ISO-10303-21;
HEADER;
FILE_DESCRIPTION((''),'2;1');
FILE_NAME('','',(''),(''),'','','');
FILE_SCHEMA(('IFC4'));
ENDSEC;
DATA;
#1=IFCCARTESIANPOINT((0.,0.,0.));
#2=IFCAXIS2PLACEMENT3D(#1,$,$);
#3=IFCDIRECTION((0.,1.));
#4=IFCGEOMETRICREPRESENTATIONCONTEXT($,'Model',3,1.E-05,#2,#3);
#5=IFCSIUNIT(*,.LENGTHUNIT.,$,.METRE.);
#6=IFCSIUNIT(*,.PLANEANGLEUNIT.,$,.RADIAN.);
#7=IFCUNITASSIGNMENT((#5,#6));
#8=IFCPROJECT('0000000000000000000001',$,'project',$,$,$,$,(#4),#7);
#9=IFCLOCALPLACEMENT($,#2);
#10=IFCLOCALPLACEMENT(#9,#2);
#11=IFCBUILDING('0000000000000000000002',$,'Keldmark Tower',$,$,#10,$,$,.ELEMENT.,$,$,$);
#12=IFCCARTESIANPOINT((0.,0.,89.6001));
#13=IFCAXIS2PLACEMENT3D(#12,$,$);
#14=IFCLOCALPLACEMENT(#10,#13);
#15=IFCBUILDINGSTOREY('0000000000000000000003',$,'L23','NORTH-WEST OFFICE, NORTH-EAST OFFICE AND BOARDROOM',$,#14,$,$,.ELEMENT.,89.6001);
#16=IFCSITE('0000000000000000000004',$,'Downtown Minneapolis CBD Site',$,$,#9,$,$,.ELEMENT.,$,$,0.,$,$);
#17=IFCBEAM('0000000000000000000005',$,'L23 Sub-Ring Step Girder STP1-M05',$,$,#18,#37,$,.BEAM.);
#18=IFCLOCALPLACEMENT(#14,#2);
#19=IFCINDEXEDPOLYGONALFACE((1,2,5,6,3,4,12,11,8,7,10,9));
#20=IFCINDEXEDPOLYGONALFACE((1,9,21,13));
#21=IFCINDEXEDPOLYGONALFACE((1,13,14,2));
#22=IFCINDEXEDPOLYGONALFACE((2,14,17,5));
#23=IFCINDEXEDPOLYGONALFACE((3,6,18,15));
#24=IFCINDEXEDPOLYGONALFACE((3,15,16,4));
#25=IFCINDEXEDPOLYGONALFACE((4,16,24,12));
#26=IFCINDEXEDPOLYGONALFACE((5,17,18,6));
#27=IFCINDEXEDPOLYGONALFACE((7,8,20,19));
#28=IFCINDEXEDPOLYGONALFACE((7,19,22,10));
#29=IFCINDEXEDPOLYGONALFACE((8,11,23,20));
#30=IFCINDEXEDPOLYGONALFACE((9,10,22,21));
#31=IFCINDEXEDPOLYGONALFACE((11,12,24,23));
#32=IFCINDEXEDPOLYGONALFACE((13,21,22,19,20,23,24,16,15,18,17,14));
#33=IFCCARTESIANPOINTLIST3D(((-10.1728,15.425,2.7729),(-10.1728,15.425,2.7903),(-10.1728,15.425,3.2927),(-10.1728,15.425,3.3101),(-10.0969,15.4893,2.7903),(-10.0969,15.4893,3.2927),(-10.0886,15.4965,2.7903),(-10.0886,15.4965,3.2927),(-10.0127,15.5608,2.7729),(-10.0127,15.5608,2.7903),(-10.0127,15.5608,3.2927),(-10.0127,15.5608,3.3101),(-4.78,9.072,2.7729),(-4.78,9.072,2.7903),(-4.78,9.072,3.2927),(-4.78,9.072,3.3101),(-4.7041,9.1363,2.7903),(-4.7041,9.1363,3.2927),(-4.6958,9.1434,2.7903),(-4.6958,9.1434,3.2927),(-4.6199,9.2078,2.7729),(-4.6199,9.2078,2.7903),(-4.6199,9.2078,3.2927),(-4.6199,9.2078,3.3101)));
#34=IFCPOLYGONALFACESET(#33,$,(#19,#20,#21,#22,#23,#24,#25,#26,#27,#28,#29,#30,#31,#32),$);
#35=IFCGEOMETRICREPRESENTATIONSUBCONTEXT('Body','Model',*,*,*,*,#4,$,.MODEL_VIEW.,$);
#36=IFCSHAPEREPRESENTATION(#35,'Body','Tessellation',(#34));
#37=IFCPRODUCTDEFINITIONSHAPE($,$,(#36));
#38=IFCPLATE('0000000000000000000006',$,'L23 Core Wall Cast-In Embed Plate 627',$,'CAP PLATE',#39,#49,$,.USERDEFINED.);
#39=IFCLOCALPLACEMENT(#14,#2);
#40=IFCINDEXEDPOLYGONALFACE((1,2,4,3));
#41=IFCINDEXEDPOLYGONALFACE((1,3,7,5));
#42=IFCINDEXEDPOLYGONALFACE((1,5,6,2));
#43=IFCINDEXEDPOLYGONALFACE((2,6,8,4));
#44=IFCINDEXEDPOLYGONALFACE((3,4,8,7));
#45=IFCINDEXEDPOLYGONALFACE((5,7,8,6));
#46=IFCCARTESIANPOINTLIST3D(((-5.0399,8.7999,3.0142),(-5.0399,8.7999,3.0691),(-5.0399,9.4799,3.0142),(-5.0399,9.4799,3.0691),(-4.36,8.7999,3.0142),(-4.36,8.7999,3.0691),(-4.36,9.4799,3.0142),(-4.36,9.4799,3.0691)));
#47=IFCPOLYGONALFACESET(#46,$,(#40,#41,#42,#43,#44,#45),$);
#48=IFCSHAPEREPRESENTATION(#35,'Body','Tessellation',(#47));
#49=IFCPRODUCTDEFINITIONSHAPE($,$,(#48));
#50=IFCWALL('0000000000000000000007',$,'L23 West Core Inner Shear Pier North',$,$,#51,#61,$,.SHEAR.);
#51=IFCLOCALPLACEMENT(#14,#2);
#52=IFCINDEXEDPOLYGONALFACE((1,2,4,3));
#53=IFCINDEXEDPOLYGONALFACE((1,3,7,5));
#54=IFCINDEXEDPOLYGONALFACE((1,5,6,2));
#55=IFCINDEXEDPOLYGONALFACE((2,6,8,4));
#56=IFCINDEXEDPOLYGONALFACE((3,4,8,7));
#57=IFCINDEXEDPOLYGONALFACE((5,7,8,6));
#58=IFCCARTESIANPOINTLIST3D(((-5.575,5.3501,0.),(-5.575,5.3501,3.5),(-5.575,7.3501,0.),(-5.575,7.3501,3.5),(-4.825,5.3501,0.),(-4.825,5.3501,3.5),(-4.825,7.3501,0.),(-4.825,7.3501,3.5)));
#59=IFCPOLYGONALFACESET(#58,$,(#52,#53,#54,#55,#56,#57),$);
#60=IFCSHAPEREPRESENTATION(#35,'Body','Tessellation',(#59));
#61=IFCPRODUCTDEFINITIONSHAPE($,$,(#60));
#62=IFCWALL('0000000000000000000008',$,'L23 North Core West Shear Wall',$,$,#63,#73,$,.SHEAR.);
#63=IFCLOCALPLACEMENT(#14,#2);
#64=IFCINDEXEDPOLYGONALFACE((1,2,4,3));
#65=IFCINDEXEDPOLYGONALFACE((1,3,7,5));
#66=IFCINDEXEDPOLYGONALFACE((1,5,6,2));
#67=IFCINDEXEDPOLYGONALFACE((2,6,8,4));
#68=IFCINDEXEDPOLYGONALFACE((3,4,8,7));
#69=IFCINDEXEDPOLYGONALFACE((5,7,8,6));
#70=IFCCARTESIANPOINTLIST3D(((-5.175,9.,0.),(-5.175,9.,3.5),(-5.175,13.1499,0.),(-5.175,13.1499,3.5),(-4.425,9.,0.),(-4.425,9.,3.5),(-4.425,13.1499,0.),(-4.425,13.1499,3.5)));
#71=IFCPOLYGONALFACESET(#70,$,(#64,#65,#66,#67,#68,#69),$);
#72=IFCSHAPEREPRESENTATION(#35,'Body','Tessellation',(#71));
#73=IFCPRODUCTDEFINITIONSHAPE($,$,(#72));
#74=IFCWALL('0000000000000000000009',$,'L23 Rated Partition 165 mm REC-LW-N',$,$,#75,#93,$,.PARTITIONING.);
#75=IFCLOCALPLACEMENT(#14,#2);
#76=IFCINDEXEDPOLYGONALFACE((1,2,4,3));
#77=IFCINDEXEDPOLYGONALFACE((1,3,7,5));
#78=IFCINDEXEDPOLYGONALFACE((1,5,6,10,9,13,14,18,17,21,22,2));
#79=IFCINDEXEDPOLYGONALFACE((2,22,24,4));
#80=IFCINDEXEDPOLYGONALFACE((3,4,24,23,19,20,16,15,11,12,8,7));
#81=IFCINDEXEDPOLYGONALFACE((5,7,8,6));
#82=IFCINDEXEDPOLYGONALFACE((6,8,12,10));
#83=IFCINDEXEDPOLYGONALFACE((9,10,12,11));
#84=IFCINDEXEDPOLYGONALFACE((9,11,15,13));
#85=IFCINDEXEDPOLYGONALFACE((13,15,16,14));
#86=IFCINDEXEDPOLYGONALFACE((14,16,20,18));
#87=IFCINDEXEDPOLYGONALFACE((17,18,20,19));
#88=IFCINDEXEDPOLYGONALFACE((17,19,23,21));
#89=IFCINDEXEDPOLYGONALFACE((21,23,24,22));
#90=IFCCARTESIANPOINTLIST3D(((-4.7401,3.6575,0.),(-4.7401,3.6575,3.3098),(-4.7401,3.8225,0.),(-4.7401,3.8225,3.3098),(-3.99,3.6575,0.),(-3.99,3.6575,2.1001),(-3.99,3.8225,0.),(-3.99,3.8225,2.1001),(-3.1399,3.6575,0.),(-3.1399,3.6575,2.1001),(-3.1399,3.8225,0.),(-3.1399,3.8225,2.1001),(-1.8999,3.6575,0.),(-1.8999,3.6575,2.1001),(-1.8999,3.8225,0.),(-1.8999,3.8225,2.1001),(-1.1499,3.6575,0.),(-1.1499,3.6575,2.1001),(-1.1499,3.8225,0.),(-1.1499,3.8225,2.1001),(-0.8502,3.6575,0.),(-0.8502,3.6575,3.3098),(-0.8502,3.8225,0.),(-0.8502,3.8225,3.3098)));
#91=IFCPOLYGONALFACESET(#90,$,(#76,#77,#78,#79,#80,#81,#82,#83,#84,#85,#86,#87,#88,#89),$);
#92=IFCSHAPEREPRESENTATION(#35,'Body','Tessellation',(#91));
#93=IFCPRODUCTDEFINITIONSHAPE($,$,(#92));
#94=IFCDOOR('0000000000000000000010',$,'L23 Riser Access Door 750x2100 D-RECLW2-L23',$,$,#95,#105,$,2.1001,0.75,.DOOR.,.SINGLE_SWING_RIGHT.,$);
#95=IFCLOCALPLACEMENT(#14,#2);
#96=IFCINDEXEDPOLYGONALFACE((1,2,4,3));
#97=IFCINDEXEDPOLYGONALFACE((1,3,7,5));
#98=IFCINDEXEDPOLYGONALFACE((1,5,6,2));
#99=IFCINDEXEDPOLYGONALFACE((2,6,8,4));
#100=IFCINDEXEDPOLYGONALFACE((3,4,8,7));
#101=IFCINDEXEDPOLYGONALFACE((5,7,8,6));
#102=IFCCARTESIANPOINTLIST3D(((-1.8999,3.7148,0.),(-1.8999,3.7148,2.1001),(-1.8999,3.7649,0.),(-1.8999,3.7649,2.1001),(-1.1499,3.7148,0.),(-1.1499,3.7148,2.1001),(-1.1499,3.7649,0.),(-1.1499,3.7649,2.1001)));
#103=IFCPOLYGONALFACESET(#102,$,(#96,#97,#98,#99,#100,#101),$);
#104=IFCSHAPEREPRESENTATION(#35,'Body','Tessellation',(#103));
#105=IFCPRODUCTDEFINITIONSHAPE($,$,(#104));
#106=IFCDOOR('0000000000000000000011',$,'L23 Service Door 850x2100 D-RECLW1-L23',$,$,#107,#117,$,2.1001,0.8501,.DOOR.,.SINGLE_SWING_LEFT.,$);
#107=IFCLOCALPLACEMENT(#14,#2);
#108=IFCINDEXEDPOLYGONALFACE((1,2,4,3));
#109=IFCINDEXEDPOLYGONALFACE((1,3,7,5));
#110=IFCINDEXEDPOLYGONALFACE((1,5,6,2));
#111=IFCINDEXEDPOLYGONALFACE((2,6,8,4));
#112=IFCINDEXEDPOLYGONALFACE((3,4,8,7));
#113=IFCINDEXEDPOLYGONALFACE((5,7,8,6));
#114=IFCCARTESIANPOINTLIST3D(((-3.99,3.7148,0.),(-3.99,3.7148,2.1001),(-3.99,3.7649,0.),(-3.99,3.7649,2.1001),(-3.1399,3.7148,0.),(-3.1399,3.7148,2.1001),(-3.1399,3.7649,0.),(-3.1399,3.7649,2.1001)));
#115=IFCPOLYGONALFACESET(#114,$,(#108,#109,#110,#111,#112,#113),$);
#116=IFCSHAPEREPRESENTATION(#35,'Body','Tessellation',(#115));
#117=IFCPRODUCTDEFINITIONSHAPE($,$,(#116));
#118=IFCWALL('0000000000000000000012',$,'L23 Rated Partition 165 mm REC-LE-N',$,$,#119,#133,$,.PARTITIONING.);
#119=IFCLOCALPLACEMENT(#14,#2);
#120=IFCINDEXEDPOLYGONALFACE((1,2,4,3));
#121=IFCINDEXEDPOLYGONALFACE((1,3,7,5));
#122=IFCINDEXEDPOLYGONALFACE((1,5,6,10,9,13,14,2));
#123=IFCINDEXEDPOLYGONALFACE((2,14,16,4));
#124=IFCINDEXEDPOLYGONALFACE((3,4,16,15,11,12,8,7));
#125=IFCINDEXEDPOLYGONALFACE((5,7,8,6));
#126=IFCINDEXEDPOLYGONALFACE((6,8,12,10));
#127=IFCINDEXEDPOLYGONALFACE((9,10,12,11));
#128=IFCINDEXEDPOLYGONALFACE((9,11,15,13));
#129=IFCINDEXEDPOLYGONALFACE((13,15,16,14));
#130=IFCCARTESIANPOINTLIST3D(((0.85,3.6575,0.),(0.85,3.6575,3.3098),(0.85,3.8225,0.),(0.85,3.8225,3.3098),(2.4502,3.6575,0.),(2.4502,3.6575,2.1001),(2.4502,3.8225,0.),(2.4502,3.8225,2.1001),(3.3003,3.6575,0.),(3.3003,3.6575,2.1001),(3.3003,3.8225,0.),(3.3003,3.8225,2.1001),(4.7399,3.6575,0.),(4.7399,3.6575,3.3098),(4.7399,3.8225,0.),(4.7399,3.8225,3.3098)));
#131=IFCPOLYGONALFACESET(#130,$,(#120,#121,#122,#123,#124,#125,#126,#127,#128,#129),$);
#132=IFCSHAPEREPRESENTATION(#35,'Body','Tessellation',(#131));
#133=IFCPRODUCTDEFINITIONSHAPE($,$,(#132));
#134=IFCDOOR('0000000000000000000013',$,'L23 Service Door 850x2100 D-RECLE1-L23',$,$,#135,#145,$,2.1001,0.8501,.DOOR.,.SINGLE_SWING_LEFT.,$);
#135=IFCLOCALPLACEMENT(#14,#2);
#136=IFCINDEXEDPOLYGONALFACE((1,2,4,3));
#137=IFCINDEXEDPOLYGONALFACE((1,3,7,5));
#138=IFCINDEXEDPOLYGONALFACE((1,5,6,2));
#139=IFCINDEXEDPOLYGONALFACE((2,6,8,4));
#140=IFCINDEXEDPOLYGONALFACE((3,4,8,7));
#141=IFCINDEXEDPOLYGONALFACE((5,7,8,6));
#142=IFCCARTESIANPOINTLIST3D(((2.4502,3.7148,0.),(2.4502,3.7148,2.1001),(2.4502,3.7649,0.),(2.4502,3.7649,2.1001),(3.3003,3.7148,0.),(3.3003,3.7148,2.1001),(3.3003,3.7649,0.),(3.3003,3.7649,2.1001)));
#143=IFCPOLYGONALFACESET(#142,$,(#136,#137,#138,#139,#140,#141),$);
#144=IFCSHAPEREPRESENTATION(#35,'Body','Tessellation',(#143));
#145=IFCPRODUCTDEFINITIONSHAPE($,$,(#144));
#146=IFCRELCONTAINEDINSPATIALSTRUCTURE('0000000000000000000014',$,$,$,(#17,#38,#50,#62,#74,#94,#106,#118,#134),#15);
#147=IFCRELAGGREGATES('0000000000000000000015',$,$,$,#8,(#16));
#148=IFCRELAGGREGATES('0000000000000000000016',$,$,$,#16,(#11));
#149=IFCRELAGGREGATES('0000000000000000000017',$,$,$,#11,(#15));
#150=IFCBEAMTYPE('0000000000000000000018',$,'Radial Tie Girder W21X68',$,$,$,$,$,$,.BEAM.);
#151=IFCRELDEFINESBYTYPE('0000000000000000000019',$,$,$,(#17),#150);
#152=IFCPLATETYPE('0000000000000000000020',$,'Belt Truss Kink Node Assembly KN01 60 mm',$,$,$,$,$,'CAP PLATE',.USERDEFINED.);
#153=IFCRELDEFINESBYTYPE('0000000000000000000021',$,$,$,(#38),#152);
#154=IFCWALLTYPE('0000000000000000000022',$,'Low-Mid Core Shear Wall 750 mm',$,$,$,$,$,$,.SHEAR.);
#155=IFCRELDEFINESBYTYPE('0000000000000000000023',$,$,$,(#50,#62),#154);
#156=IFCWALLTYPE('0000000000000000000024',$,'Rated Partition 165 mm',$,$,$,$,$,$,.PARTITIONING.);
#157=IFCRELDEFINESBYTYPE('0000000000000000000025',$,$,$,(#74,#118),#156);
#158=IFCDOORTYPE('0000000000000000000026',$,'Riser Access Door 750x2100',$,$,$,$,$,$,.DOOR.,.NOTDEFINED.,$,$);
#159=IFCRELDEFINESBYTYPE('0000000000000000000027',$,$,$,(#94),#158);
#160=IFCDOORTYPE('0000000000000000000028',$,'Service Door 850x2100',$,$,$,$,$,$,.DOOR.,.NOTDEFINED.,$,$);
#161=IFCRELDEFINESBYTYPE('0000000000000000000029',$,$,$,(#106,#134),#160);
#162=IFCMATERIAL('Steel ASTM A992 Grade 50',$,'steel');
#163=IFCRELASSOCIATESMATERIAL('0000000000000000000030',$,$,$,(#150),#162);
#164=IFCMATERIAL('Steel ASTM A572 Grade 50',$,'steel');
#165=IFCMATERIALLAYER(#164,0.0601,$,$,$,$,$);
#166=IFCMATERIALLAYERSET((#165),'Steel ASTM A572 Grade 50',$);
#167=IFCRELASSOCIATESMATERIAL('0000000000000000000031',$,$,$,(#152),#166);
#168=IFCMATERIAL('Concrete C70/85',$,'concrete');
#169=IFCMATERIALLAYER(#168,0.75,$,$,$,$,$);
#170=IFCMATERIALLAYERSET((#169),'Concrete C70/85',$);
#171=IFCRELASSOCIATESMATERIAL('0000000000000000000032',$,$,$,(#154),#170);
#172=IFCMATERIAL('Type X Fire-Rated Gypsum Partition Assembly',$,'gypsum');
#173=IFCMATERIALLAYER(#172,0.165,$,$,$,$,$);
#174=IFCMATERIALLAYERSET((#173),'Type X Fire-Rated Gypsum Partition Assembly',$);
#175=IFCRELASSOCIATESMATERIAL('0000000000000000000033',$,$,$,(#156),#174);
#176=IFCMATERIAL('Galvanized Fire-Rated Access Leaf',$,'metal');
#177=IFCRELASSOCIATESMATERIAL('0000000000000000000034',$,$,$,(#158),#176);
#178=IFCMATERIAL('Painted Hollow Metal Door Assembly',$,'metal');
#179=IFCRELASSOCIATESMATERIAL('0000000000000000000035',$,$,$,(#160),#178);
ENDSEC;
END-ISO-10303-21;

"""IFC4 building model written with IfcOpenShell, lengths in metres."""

from ifc_helpers import new_model, si_unit, direction, frame, frame_2d, origin, origin_2d, place, context, subcontext, project, spatial, rectangle, i_section, extrude, material, layer, layer_set, material_profile, profile_set, type_object, element, fill, save


model = new_model("IFC4")

# Units and contexts
model_context = context("Model", 3, precision=1e-05, world=origin(), true_north=direction((0.0, 1.0)))
body_context = subcontext(model_context, "Body", "Model", "MODEL_VIEW")
ifc_project = project(units=[si_unit("LENGTHUNIT", "METRE"), si_unit("PLANEANGLEUNIT", "RADIAN")], contexts=[model_context])

# Site, building, storey
site_placement = place(None, origin())
site = spatial("IfcSite", under=ifc_project, at=site_placement, Name="Downtown Minneapolis CBD Site", CompositionType="ELEMENT", RefElevation=0.0)
building_placement = place(site_placement, origin())
building = spatial("IfcBuilding", under=site, at=building_placement, Name="Keldmark Tower", CompositionType="ELEMENT")
storey_placement = place(building_placement, frame((0.0, 0.0, 89.6001)))
storey = spatial("IfcBuildingStorey", under=building, at=storey_placement, Name="L23", Description="NORTH-WEST OFFICE, NORTH-EAST OFFICE AND BOARDROOM", CompositionType="ELEMENT", Elevation=89.6001)

# Beam
ifc_material_1 = material(Name="Steel ASTM A992 Grade 50", Category="steel")
ifc_material_profile = material_profile(ifc_material_1, i_section(OverallWidth=0.21, OverallDepth=0.5371, WebThickness=0.011, FlangeThickness=0.0173, at=origin_2d()), Name="W21X68")
ifc_profile_set = profile_set([ifc_material_profile], Name="Steel ASTM A992 Grade 50")
beam_type = type_object("IfcBeamType", Name="Radial Tie Girder W21X68", PredefinedType="BEAM", material=ifc_profile_set)
beam_placement = place(storey_placement, frame((-4.7, 9.1399, 3.0415), z_axis=(-0.647143, 0.762369, 0.0), x_axis=(-0.762369, -0.647143, 0.0)))
element("IfcBeam", 1, at=beam_placement, inside=storey, type_object=beam_type, Name="L23 Sub-Ring Step Girder STP1-M05", PredefinedType="BEAM", context=body_context, shape_type="SweptSolid", body=[
    extrude(i_section(OverallWidth=0.21, OverallDepth=0.5371, WebThickness=0.011, FlangeThickness=0.0173, at=origin_2d()), origin(), (0.0, 0.0, 1.0), 8.3333),
])

# Plate
ifc_material_2 = material(Name="Steel ASTM A572 Grade 50", Category="steel")
ifc_layer_1 = layer(ifc_material_2, 0.0601)
ifc_layer_set_1 = layer_set([ifc_layer_1], Name="Steel ASTM A572 Grade 50")
plate_type = type_object("IfcPlateType", Name="Belt Truss Kink Node Assembly KN01 60 mm", ElementType="CAP PLATE", PredefinedType="USERDEFINED", material=ifc_layer_set_1)
plate_placement = place(storey_placement, frame((-4.7, 9.1399, 3.0142), z_axis=(0.0, 0.0, 1.0), x_axis=(1.0, 0.0, 0.0)))
element("IfcPlate", 2, at=plate_placement, inside=storey, type_object=plate_type, Name="L23 Core Wall Cast-In Embed Plate 627", ObjectType="CAP PLATE", PredefinedType="USERDEFINED", context=body_context, shape_type="SweptSolid", body=[
    extrude(rectangle(XDim=0.6799, YDim=0.6799, at=origin_2d()), origin(), (0.0, 0.0, 1.0), 0.0549),
])

# Walls
ifc_material_3 = material(Name="Concrete C70/85", Category="concrete")
ifc_layer_2 = layer(ifc_material_3, 0.75)
ifc_layer_set_2 = layer_set([ifc_layer_2], Name="Concrete C70/85")
wall_type_1 = type_object("IfcWallType", Name="Low-Mid Core Shear Wall 750 mm", PredefinedType="SHEAR", material=ifc_layer_set_2)
wall_1_placement = place(storey_placement, frame((-5.2, 5.3501, 0.0), z_axis=(0.0, 0.0, 1.0), x_axis=(0.0, 1.0, 0.0)))
element("IfcWall", 3, at=wall_1_placement, inside=storey, type_object=wall_type_1, Name="L23 West Core Inner Shear Pier North", PredefinedType="SHEAR", context=body_context, shape_type="SweptSolid", body=[
    extrude(rectangle(XDim=2.0, YDim=0.75, at=frame_2d((1.0, 0.0))), origin(), (0.0, 0.0, 1.0), 3.5),
])
wall_2_placement = place(storey_placement, frame((-4.8, 9.0, 0.0), z_axis=(0.0, 0.0, 1.0), x_axis=(0.0, 1.0, 0.0)))
element("IfcWall", 4, at=wall_2_placement, inside=storey, type_object=wall_type_1, Name="L23 North Core West Shear Wall", PredefinedType="SHEAR", context=body_context, shape_type="SweptSolid", body=[
    extrude(rectangle(XDim=4.1499, YDim=0.75, at=frame_2d((2.075, 0.0))), origin(), (0.0, 0.0, 1.0), 3.5),
])

# Wall, openings, doors
ifc_material_4 = material(Name="Type X Fire-Rated Gypsum Partition Assembly", Category="gypsum")
ifc_layer_3 = layer(ifc_material_4, 0.165)
ifc_layer_set_3 = layer_set([ifc_layer_3], Name="Type X Fire-Rated Gypsum Partition Assembly")
wall_type_2 = type_object("IfcWallType", Name="Rated Partition 165 mm", PredefinedType="PARTITIONING", material=ifc_layer_set_3)
wall_3_placement = place(storey_placement, frame((-4.74, 3.74, 0.0), z_axis=(0.0, 0.0, 1.0), x_axis=(1.0, 0.0, 0.0)))
wall_3 = element("IfcWall", 5, at=wall_3_placement, inside=storey, type_object=wall_type_2, Name="L23 Rated Partition 165 mm REC-LW-N", PredefinedType="PARTITIONING", context=body_context, shape_type="SweptSolid", body=[
    extrude(rectangle(XDim=3.8899, YDim=0.165, at=frame_2d((1.9448, 0.0))), origin(), (0.0, 0.0, 1.0), 3.3098),
])
opening_1_placement = place(wall_3_placement, frame((0.75, 0.0, 0.0)))
opening_1 = element("IfcOpeningElement", 6, at=opening_1_placement, cuts=wall_3, PredefinedType="OPENING", context=body_context, shape_type="SweptSolid", body=[
    extrude(rectangle(XDim=0.8501, YDim=2.1001, at=frame_2d((0.425, 1.05))), frame((0.0, 0.0925, 0.0), z_axis=(0.0, -1.0, 0.0), x_axis=(1.0, 0.0, 0.0)), (0.0, 0.0, 1.0), 0.1851),
])
opening_2_placement = place(wall_3_placement, frame((2.8401, 0.0, 0.0)))
opening_2 = element("IfcOpeningElement", 7, at=opening_2_placement, cuts=wall_3, PredefinedType="OPENING", context=body_context, shape_type="SweptSolid", body=[
    extrude(rectangle(XDim=0.75, YDim=2.1001, at=frame_2d((0.375, 1.05))), frame((0.0, 0.0925, 0.0), z_axis=(0.0, -1.0, 0.0), x_axis=(1.0, 0.0, 0.0)), (0.0, 0.0, 1.0), 0.1851),
])
ifc_material_5 = material(Name="Galvanized Fire-Rated Access Leaf", Category="metal")
door_type_1 = type_object("IfcDoorType", Name="Riser Access Door 750x2100", OperationType="NOTDEFINED", PredefinedType="DOOR", material=ifc_material_5)
door_1_placement = place(opening_2_placement, origin())
door_1 = element("IfcDoor", 8, at=door_1_placement, inside=storey, type_object=door_type_1, Name="L23 Riser Access Door 750x2100 D-RECLW2-L23", OperationType="SINGLE_SWING_RIGHT", OverallHeight=2.1001, OverallWidth=0.75, PredefinedType="DOOR", context=body_context, shape_type="SweptSolid", body=[
    extrude(rectangle(XDim=0.75, YDim=2.1001, at=frame_2d((0.375, 1.05))), frame((0.0, 0.0249, 0.0), z_axis=(0.0, -1.0, 0.0), x_axis=(1.0, 0.0, 0.0)), (0.0, 0.0, 1.0), 0.05),
])
fill(opening_2, door_1)
ifc_material_6 = material(Name="Painted Hollow Metal Door Assembly", Category="metal")
door_type_2 = type_object("IfcDoorType", Name="Service Door 850x2100", OperationType="NOTDEFINED", PredefinedType="DOOR", material=ifc_material_6)
door_2_placement = place(opening_1_placement, origin())
door_2 = element("IfcDoor", 9, at=door_2_placement, inside=storey, type_object=door_type_2, Name="L23 Service Door 850x2100 D-RECLW1-L23", OperationType="SINGLE_SWING_LEFT", OverallHeight=2.1001, OverallWidth=0.8501, PredefinedType="DOOR", context=body_context, shape_type="SweptSolid", body=[
    extrude(rectangle(XDim=0.8501, YDim=2.1001, at=frame_2d((0.425, 1.05))), frame((0.0, 0.0249, 0.0), z_axis=(0.0, -1.0, 0.0), x_axis=(1.0, 0.0, 0.0)), (0.0, 0.0, 1.0), 0.05),
])
fill(opening_1, door_2)

# Wall, opening, door
wall_4_placement = place(storey_placement, frame((0.8501, 3.74, 0.0), z_axis=(0.0, 0.0, 1.0), x_axis=(1.0, 0.0, 0.0)))
wall_4 = element("IfcWall", 10, at=wall_4_placement, inside=storey, type_object=wall_type_2, Name="L23 Rated Partition 165 mm REC-LE-N", PredefinedType="PARTITIONING", context=body_context, shape_type="SweptSolid", body=[
    extrude(rectangle(XDim=3.8899, YDim=0.165, at=frame_2d((1.9448, 0.0))), origin(), (0.0, 0.0, 1.0), 3.3098),
])
opening_3_placement = place(wall_4_placement, frame((1.6001, 0.0, 0.0)))
opening_3 = element("IfcOpeningElement", 11, at=opening_3_placement, cuts=wall_4, PredefinedType="OPENING", context=body_context, shape_type="SweptSolid", body=[
    extrude(rectangle(XDim=0.8501, YDim=2.1001, at=frame_2d((0.425, 1.05))), frame((0.0, 0.0925, 0.0), z_axis=(0.0, -1.0, 0.0), x_axis=(1.0, 0.0, 0.0)), (0.0, 0.0, 1.0), 0.1851),
])
door_3_placement = place(opening_3_placement, origin())
door_3 = element("IfcDoor", 12, at=door_3_placement, inside=storey, type_object=door_type_2, Name="L23 Service Door 850x2100 D-RECLE1-L23", OperationType="SINGLE_SWING_LEFT", OverallHeight=2.1001, OverallWidth=0.8501, PredefinedType="DOOR", context=body_context, shape_type="SweptSolid", body=[
    extrude(rectangle(XDim=0.8501, YDim=2.1001, at=frame_2d((0.425, 1.05))), frame((0.0, 0.0249, 0.0), z_axis=(0.0, -1.0, 0.0), x_axis=(1.0, 0.0, 0.0)), (0.0, 0.0, 1.0), 0.05),
])
fill(opening_3, door_3)

save(model, "model.ifc")
